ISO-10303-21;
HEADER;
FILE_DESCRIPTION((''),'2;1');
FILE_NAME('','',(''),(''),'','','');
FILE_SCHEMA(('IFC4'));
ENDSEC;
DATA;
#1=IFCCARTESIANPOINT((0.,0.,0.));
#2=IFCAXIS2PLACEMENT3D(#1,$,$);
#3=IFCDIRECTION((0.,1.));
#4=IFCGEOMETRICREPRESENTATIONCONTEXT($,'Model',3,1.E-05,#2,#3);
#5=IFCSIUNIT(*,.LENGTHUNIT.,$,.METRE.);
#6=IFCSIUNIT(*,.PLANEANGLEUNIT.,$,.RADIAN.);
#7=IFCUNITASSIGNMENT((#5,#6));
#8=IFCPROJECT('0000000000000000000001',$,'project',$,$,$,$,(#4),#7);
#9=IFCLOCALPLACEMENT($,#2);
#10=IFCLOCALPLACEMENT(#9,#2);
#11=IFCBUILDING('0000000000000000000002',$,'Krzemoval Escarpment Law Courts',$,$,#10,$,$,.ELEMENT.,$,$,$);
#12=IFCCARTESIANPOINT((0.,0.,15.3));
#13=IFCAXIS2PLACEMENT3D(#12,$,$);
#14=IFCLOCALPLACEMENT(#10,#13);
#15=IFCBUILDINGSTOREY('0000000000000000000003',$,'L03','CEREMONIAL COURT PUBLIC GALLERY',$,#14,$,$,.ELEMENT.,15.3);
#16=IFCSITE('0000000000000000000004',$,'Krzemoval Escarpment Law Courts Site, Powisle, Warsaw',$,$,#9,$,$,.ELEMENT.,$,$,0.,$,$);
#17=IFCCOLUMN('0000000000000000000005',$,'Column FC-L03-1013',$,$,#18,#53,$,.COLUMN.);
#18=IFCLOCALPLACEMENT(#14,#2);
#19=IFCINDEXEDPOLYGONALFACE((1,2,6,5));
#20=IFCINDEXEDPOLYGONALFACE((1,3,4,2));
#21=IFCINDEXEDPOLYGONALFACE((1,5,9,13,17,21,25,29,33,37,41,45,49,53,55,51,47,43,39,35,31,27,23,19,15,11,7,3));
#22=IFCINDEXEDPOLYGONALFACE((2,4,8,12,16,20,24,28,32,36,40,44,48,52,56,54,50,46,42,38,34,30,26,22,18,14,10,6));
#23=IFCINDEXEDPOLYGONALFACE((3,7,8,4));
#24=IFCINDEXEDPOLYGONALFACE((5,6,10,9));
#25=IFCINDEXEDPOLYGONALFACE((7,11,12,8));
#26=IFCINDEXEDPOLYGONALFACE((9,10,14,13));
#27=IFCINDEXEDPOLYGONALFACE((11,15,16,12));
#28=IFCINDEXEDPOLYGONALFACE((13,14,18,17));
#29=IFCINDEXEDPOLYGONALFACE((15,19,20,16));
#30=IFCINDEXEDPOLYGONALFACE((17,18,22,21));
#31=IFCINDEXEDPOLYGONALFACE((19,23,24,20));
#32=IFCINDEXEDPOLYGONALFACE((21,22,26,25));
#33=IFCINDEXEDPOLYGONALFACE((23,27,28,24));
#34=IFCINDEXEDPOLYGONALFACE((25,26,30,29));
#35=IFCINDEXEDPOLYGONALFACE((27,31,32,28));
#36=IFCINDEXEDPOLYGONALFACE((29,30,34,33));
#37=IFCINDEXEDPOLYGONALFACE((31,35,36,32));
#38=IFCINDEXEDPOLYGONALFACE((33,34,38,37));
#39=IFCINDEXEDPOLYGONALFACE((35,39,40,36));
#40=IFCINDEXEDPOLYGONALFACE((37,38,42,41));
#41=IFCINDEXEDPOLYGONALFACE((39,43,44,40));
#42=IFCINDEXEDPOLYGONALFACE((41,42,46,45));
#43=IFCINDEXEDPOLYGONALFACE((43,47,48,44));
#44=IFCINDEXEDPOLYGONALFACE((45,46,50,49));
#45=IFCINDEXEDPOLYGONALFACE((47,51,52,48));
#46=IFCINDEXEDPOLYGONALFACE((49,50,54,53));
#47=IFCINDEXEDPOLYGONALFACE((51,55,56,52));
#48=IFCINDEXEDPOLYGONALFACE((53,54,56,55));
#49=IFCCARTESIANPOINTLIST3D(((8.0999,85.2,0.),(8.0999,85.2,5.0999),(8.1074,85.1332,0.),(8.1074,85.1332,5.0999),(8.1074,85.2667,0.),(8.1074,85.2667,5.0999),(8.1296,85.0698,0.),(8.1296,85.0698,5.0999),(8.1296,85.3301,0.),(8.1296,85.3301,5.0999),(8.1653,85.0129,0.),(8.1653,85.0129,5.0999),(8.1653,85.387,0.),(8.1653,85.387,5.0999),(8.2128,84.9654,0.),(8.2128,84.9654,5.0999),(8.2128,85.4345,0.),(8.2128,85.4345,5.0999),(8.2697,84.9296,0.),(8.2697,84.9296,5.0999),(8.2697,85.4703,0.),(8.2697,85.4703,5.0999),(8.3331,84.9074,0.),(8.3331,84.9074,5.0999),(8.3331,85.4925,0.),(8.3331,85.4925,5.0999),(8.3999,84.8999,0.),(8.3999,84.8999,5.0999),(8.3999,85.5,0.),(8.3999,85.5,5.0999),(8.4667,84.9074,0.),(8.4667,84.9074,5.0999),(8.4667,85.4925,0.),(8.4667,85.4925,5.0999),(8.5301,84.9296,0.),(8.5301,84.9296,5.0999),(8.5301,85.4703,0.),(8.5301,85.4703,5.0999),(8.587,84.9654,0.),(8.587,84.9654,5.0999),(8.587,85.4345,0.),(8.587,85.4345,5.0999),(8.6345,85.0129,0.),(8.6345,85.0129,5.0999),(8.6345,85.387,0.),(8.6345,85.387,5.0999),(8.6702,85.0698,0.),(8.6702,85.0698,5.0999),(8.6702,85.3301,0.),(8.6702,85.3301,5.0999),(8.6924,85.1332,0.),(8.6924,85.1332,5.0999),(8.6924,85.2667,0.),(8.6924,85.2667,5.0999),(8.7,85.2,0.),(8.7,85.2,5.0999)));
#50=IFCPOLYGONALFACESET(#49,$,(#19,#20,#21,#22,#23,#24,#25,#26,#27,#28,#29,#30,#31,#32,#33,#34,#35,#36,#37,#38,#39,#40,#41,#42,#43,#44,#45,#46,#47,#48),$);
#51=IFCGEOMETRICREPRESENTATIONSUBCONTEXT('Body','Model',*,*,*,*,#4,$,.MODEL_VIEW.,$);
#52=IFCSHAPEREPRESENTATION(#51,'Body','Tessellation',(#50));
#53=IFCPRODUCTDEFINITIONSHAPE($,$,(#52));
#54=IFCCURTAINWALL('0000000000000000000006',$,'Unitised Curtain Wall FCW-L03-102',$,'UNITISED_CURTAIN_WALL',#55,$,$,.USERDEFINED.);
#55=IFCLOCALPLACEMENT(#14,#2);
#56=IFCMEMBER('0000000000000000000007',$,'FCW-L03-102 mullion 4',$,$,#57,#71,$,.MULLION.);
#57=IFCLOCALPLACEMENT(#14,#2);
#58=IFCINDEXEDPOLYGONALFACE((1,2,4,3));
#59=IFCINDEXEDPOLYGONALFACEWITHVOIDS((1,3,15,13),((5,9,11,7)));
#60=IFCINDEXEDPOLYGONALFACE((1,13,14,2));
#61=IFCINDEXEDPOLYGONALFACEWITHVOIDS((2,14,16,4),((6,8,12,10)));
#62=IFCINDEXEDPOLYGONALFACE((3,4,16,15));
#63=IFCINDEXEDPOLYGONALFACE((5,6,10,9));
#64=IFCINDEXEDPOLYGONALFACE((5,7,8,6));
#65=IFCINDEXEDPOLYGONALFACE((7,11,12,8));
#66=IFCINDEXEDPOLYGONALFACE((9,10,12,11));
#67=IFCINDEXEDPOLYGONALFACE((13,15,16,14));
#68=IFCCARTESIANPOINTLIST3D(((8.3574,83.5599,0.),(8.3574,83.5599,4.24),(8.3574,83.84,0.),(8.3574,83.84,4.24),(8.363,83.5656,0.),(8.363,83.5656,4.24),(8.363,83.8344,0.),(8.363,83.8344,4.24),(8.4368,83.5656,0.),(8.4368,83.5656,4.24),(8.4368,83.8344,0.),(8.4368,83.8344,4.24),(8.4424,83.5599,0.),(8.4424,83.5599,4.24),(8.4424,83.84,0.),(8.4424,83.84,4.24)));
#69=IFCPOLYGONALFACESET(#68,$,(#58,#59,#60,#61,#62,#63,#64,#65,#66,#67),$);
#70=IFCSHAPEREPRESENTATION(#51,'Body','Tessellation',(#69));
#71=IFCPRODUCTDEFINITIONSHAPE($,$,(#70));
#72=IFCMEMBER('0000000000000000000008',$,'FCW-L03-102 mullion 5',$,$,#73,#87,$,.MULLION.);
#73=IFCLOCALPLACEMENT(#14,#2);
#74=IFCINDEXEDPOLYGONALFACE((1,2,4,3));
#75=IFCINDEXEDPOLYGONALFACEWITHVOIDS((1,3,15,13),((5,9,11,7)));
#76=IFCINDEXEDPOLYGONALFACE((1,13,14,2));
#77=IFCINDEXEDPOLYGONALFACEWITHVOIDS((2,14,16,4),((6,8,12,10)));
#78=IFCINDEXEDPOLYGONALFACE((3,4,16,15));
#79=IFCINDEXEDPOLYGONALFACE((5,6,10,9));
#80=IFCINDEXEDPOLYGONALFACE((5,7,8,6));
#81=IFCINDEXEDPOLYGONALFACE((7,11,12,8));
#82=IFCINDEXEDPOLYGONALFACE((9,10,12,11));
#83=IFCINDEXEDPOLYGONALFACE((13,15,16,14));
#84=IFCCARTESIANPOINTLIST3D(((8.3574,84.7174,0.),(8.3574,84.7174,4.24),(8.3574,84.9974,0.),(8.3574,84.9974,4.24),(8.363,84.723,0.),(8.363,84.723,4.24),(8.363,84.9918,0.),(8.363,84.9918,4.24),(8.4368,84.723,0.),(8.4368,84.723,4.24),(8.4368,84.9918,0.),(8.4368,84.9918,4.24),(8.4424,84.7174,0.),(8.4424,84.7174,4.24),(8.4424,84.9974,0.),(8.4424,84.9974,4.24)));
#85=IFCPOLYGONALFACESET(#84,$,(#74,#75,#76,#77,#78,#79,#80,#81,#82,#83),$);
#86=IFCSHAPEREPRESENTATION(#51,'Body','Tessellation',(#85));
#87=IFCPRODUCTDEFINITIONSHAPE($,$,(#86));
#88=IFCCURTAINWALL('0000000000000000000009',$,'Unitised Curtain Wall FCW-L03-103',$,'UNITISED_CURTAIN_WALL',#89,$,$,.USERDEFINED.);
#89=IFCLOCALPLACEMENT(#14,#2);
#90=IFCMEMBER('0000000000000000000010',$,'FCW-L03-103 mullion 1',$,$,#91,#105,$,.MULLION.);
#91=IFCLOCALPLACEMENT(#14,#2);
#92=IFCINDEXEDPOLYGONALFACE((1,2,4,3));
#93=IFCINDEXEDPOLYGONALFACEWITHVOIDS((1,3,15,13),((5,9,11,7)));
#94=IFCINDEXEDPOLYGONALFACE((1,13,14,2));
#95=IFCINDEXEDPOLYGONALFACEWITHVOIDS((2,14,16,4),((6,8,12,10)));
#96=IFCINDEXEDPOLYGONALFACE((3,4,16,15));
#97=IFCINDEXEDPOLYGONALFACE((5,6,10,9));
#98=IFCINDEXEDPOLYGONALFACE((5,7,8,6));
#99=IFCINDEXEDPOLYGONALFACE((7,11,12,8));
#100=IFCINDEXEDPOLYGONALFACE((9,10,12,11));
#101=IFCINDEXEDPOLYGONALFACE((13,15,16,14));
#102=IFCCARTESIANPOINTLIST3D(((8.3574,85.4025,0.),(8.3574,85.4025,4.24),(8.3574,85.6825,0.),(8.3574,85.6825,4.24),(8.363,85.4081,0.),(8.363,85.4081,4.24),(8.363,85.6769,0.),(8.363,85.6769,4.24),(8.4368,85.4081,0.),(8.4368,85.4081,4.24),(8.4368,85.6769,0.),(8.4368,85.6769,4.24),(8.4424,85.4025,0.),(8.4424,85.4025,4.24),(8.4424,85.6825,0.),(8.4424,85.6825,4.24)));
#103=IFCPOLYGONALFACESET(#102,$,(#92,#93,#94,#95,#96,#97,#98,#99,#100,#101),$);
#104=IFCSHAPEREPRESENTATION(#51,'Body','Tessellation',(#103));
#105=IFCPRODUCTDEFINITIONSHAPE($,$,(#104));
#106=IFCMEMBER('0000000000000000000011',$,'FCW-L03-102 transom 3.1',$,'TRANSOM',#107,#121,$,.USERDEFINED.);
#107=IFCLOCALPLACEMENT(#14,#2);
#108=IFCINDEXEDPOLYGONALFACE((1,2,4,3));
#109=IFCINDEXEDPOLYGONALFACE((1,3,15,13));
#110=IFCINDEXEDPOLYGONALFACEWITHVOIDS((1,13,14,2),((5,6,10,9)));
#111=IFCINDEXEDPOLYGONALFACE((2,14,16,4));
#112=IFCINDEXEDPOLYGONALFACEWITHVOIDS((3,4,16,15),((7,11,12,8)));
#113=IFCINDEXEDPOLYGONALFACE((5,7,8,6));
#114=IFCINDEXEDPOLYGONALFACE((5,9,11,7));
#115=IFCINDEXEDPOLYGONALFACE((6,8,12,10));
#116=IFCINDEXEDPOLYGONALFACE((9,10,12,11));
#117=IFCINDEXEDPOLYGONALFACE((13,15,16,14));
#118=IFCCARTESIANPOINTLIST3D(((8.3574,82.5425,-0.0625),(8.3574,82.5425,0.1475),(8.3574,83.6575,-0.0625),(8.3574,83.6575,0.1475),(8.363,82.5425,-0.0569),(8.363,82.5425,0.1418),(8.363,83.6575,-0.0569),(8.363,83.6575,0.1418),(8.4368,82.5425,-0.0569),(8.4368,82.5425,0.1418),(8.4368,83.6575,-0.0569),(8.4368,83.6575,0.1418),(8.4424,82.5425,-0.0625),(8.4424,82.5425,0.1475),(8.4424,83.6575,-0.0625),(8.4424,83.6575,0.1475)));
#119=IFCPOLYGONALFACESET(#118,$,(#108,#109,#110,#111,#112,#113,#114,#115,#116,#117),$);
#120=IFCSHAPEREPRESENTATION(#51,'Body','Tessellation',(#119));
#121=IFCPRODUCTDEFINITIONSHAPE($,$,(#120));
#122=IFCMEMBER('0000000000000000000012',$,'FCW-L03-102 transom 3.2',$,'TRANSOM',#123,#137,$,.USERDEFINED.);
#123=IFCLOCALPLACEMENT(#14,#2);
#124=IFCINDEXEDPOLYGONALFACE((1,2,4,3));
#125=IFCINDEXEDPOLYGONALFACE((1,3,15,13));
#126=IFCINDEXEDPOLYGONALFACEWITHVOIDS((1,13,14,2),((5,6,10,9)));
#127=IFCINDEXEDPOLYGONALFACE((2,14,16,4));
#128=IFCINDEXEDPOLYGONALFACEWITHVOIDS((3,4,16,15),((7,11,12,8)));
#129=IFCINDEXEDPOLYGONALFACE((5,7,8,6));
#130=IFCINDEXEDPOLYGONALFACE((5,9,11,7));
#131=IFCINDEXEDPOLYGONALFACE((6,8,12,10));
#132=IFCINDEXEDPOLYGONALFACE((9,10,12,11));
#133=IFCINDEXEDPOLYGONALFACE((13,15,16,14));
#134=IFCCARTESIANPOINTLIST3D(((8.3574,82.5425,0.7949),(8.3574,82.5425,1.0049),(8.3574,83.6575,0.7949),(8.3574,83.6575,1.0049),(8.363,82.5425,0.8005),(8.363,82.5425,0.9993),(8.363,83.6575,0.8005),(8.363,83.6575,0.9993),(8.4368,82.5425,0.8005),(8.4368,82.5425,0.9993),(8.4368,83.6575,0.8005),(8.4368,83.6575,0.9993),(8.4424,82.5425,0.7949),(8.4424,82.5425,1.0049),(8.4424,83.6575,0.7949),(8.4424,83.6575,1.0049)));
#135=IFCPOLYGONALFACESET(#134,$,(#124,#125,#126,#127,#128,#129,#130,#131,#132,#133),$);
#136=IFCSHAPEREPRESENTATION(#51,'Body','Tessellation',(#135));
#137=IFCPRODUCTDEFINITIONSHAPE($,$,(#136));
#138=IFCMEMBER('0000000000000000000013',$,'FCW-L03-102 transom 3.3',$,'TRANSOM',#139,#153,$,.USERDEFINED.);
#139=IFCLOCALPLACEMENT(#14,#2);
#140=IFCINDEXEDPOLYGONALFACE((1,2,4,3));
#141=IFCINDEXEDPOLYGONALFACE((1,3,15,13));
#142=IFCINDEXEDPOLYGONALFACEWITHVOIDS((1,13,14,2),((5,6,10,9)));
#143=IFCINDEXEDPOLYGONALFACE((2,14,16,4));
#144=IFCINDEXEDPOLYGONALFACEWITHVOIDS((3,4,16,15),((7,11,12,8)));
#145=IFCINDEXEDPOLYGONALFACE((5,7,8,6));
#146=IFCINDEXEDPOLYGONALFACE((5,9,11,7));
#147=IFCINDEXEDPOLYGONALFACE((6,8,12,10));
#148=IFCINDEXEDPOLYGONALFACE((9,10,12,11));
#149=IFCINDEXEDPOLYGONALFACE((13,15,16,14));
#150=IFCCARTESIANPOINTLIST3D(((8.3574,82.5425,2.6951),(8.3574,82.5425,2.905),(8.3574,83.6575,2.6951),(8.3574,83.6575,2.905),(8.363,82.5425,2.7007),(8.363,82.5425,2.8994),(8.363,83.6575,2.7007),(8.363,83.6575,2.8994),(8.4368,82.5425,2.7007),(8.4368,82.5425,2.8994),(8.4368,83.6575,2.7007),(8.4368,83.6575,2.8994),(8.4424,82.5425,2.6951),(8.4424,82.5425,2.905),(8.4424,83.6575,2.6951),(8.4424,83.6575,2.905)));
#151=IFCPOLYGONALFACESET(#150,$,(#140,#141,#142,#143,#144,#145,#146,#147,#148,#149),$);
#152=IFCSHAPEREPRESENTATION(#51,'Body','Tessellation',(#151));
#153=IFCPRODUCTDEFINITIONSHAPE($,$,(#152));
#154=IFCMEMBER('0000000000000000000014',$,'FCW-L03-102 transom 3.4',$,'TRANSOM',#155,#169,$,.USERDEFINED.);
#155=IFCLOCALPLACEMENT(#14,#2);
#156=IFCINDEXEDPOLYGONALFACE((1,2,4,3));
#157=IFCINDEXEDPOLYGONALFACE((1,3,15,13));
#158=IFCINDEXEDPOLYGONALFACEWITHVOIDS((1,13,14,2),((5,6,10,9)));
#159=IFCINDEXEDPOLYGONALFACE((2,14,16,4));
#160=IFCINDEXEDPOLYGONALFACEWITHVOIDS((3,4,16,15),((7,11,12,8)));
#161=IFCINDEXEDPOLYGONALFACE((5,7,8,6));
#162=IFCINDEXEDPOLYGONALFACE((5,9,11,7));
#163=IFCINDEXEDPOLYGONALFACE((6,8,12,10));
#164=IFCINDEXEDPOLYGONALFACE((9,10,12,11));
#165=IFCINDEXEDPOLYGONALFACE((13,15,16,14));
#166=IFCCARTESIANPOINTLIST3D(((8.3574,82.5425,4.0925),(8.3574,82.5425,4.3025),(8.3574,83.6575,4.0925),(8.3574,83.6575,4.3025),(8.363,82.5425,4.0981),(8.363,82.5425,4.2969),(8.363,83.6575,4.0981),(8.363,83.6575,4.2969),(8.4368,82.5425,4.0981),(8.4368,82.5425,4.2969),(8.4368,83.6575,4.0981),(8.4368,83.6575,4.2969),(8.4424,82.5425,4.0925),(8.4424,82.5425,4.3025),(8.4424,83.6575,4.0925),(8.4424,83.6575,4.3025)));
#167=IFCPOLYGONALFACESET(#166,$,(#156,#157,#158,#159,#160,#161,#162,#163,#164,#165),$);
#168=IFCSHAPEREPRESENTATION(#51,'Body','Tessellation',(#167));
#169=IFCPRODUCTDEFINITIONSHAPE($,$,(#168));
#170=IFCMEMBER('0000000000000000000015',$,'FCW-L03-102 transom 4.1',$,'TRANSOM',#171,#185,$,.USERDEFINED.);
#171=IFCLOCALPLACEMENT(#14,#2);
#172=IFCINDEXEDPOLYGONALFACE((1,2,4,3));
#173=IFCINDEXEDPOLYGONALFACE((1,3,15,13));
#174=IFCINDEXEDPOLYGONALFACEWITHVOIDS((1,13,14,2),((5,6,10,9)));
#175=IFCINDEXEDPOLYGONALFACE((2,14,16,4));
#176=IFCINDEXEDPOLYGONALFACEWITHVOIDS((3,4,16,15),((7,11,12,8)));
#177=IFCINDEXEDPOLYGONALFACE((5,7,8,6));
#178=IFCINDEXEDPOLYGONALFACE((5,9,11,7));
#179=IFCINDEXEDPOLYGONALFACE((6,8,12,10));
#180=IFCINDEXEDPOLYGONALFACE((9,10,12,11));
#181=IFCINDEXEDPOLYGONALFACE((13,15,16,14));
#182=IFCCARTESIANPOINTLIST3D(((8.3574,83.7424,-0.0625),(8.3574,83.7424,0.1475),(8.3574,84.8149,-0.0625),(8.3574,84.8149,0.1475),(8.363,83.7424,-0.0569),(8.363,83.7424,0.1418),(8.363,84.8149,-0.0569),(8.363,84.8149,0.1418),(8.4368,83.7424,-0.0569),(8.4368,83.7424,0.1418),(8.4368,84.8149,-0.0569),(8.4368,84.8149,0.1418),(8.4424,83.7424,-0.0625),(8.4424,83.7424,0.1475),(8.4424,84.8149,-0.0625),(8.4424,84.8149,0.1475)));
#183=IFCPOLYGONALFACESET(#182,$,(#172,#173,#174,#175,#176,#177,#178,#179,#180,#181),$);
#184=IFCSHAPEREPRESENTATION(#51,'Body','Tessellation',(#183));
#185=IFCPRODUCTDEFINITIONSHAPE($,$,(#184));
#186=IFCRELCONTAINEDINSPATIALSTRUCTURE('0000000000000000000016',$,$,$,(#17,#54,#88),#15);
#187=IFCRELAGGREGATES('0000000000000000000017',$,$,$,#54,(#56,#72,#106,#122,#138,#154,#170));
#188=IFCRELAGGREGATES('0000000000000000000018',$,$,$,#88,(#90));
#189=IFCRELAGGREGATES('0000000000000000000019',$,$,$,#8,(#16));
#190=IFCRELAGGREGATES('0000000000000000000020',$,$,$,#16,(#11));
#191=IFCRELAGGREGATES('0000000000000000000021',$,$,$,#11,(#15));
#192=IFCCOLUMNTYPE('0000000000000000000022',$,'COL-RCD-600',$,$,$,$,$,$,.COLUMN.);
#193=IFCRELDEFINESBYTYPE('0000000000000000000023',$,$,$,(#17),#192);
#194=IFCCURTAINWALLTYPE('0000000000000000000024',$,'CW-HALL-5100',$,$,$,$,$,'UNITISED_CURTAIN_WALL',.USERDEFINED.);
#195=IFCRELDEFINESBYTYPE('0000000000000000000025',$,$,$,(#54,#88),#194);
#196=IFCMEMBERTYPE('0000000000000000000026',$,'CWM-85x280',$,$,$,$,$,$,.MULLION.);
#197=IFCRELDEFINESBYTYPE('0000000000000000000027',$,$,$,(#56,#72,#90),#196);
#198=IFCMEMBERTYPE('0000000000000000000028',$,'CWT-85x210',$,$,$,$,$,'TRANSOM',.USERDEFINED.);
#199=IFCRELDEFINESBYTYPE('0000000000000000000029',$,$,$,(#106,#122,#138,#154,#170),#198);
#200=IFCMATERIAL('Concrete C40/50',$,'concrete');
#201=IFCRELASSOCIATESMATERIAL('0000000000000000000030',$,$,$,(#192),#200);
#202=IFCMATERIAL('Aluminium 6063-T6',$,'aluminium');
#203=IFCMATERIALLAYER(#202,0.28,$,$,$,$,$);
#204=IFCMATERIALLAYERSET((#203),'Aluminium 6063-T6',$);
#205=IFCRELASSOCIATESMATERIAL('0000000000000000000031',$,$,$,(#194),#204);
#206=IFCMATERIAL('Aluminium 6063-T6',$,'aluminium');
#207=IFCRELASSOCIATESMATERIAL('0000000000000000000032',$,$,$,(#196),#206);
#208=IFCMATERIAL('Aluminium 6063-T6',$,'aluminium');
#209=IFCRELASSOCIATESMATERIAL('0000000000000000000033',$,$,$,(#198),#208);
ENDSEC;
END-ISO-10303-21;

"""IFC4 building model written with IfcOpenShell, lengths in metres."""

from ifc_helpers import new_model, si_unit, direction, frame, origin, origin_2d, place, context, subcontext, project, spatial, hollow_rectangle, circle, extrude, material, layer, layer_set, material_profile, profile_set, type_object, element, aggregate, save


model = new_model("IFC4")

# Units and contexts
model_context = context("Model", 3, precision=1e-05, world=origin(), true_north=direction((0.0, 1.0)))
body_context = subcontext(model_context, "Body", "Model", "MODEL_VIEW")
ifc_project = project(units=[si_unit("LENGTHUNIT", "METRE"), si_unit("PLANEANGLEUNIT", "RADIAN")], contexts=[model_context])

# Site, building, storey
site_placement = place(None, origin())
site = spatial("IfcSite", under=ifc_project, at=site_placement, Name="Krzemoval Escarpment Law Courts Site, Powisle, Warsaw", CompositionType="ELEMENT", RefElevation=0.0)
building_placement = place(site_placement, origin())
building = spatial("IfcBuilding", under=site, at=building_placement, Name="Krzemoval Escarpment Law Courts", CompositionType="ELEMENT")
storey_placement = place(building_placement, frame((0.0, 0.0, 15.3)))
storey = spatial("IfcBuildingStorey", under=building, at=storey_placement, Name="L03", Description="CEREMONIAL COURT PUBLIC GALLERY", CompositionType="ELEMENT", Elevation=15.3)

# Column
ifc_material_1 = material(Name="Concrete C40/50", Category="concrete")
ifc_material_profile_1 = material_profile(ifc_material_1, circle(Radius=0.3, at=origin_2d()), Name="RC D600")
ifc_profile_set_1 = profile_set([ifc_material_profile_1], Name="Concrete C40/50")
column_type = type_object("IfcColumnType", Name="COL-RCD-600", PredefinedType="COLUMN", material=ifc_profile_set_1)
column_placement = place(storey_placement, frame((8.3999, 85.2, 0.0), z_axis=(0.0, 0.0, 1.0), x_axis=(1.0, 0.0, 0.0)))
element("IfcColumn", 1, at=column_placement, inside=storey, type_object=column_type, Name="Column FC-L03-1013", PredefinedType="COLUMN", context=body_context, shape_type="SweptSolid", body=[
    extrude(circle(Radius=0.3, at=origin_2d()), origin(), (0.0, 0.0, 1.0), 5.0999),
])

# Curtain wall, members
ifc_material_2 = material(Name="Aluminium 6063-T6", Category="aluminium")
ifc_layer_1 = layer(ifc_material_2, 0.28)
ifc_layer_set_1 = layer_set([ifc_layer_1], Name="Aluminium 6063-T6")
curtain_wall_type = type_object("IfcCurtainWallType", Name="CW-HALL-5100", ElementType="UNITISED_CURTAIN_WALL", PredefinedType="USERDEFINED", material=ifc_layer_set_1)
curtain_wall_1_placement = place(storey_placement, origin())
curtain_wall_1 = element("IfcCurtainWall", 2, at=curtain_wall_1_placement, inside=storey, type_object=curtain_wall_type, Name="Unitised Curtain Wall FCW-L03-102", ObjectType="UNITISED_CURTAIN_WALL", PredefinedType="USERDEFINED")
ifc_material_3 = material(Name="Aluminium 6063-T6", Category="aluminium")
ifc_material_profile_2 = material_profile(ifc_material_3, hollow_rectangle(XDim=0.085, YDim=0.28, WallThickness=0.0056, at=origin_2d()), Name="ALU M85x280")
ifc_profile_set_2 = profile_set([ifc_material_profile_2], Name="Aluminium 6063-T6")
member_type_1 = type_object("IfcMemberType", Name="CWM-85x280", PredefinedType="MULLION", material=ifc_profile_set_2)
member_1_placement = place(storey_placement, frame((8.3999, 83.7, 0.0), z_axis=(0.0, 0.0, 1.0), x_axis=(-1.0, 0.0, 0.0)))
member_1 = element("IfcMember", 3, at=member_1_placement, type_object=member_type_1, Name="FCW-L03-102 mullion 4", PredefinedType="MULLION", context=body_context, shape_type="SweptSolid", body=[
    extrude(hollow_rectangle(XDim=0.085, YDim=0.28, WallThickness=0.0056, at=origin_2d()), origin(), (0.0, 0.0, 1.0), 4.24),
])
member_2_placement = place(storey_placement, frame((8.3999, 84.8574, 0.0), z_axis=(0.0, 0.0, 1.0), x_axis=(-1.0, 0.0, 0.0)))
member_2 = element("IfcMember", 4, at=member_2_placement, type_object=member_type_1, Name="FCW-L03-102 mullion 5", PredefinedType="MULLION", context=body_context, shape_type="SweptSolid", body=[
    extrude(hollow_rectangle(XDim=0.085, YDim=0.28, WallThickness=0.0056, at=origin_2d()), origin(), (0.0, 0.0, 1.0), 4.24),
])

# Curtain wall, member
curtain_wall_2_placement = place(storey_placement, origin())
curtain_wall_2 = element("IfcCurtainWall", 5, at=curtain_wall_2_placement, inside=storey, type_object=curtain_wall_type, Name="Unitised Curtain Wall FCW-L03-103", ObjectType="UNITISED_CURTAIN_WALL", PredefinedType="USERDEFINED")
member_3_placement = place(storey_placement, frame((8.3999, 85.5425, 0.0), z_axis=(0.0, 0.0, 1.0), x_axis=(-1.0, 0.0, 0.0)))
member_3 = element("IfcMember", 6, at=member_3_placement, type_object=member_type_1, Name="FCW-L03-103 mullion 1", PredefinedType="MULLION", context=body_context, shape_type="SweptSolid", body=[
    extrude(hollow_rectangle(XDim=0.085, YDim=0.28, WallThickness=0.0056, at=origin_2d()), origin(), (0.0, 0.0, 1.0), 4.24),
])

# Members
ifc_material_4 = material(Name="Aluminium 6063-T6", Category="aluminium")
ifc_material_profile_3 = material_profile(ifc_material_4, hollow_rectangle(XDim=0.085, YDim=0.21, WallThickness=0.0056, at=origin_2d()), Name="ALU T85x210")
ifc_profile_set_3 = profile_set([ifc_material_profile_3], Name="Aluminium 6063-T6")
member_type_2 = type_object("IfcMemberType", Name="CWT-85x210", ElementType="TRANSOM", PredefinedType="USERDEFINED", material=ifc_profile_set_3)
member_4_placement = place(storey_placement, frame((8.3999, 82.5425, 0.0425), z_axis=(0.0, 1.0, 0.0), x_axis=(-1.0, 0.0, 0.0)))
member_4 = element("IfcMember", 7, at=member_4_placement, type_object=member_type_2, Name="FCW-L03-102 transom 3.1", ObjectType="TRANSOM", PredefinedType="USERDEFINED", context=body_context, shape_type="SweptSolid", body=[
    extrude(hollow_rectangle(XDim=0.085, YDim=0.21, WallThickness=0.0056, at=origin_2d()), origin(), (0.0, 0.0, 1.0), 1.115),
])
member_5_placement = place(storey_placement, frame((8.3999, 82.5425, 0.8999), z_axis=(0.0, 1.0, 0.0), x_axis=(-1.0, 0.0, 0.0)))
member_5 = element("IfcMember", 8, at=member_5_placement, type_object=member_type_2, Name="FCW-L03-102 transom 3.2", ObjectType="TRANSOM", PredefinedType="USERDEFINED", context=body_context, shape_type="SweptSolid", body=[
    extrude(hollow_rectangle(XDim=0.085, YDim=0.21, WallThickness=0.0056, at=origin_2d()), origin(), (0.0, 0.0, 1.0), 1.115),
])
member_6_placement = place(storey_placement, frame((8.3999, 82.5425, 2.8), z_axis=(0.0, 1.0, 0.0), x_axis=(-1.0, 0.0, 0.0)))
member_6 = element("IfcMember", 9, at=member_6_placement, type_object=member_type_2, Name="FCW-L03-102 transom 3.3", ObjectType="TRANSOM", PredefinedType="USERDEFINED", context=body_context, shape_type="SweptSolid", body=[
    extrude(hollow_rectangle(XDim=0.085, YDim=0.21, WallThickness=0.0056, at=origin_2d()), origin(), (0.0, 0.0, 1.0), 1.115),
])
member_7_placement = place(storey_placement, frame((8.3999, 82.5425, 4.1975), z_axis=(0.0, 1.0, 0.0), x_axis=(-1.0, 0.0, 0.0)))
member_7 = element("IfcMember", 10, at=member_7_placement, type_object=member_type_2, Name="FCW-L03-102 transom 3.4", ObjectType="TRANSOM", PredefinedType="USERDEFINED", context=body_context, shape_type="SweptSolid", body=[
    extrude(hollow_rectangle(XDim=0.085, YDim=0.21, WallThickness=0.0056, at=origin_2d()), origin(), (0.0, 0.0, 1.0), 1.115),
])
member_8_placement = place(storey_placement, frame((8.3999, 83.7424, 0.0425), z_axis=(0.0, 1.0, 0.0), x_axis=(-1.0, 0.0, 0.0)))
member_8 = element("IfcMember", 11, at=member_8_placement, type_object=member_type_2, Name="FCW-L03-102 transom 4.1", ObjectType="TRANSOM", PredefinedType="USERDEFINED", context=body_context, shape_type="SweptSolid", body=[
    extrude(hollow_rectangle(XDim=0.085, YDim=0.21, WallThickness=0.0056, at=origin_2d()), origin(), (0.0, 0.0, 1.0), 1.0725),
])

aggregate(curtain_wall_1, [member_1, member_2, member_4, member_5, member_6, member_7, member_8])
aggregate(curtain_wall_2, [member_3])

save(model, "model.ifc")
